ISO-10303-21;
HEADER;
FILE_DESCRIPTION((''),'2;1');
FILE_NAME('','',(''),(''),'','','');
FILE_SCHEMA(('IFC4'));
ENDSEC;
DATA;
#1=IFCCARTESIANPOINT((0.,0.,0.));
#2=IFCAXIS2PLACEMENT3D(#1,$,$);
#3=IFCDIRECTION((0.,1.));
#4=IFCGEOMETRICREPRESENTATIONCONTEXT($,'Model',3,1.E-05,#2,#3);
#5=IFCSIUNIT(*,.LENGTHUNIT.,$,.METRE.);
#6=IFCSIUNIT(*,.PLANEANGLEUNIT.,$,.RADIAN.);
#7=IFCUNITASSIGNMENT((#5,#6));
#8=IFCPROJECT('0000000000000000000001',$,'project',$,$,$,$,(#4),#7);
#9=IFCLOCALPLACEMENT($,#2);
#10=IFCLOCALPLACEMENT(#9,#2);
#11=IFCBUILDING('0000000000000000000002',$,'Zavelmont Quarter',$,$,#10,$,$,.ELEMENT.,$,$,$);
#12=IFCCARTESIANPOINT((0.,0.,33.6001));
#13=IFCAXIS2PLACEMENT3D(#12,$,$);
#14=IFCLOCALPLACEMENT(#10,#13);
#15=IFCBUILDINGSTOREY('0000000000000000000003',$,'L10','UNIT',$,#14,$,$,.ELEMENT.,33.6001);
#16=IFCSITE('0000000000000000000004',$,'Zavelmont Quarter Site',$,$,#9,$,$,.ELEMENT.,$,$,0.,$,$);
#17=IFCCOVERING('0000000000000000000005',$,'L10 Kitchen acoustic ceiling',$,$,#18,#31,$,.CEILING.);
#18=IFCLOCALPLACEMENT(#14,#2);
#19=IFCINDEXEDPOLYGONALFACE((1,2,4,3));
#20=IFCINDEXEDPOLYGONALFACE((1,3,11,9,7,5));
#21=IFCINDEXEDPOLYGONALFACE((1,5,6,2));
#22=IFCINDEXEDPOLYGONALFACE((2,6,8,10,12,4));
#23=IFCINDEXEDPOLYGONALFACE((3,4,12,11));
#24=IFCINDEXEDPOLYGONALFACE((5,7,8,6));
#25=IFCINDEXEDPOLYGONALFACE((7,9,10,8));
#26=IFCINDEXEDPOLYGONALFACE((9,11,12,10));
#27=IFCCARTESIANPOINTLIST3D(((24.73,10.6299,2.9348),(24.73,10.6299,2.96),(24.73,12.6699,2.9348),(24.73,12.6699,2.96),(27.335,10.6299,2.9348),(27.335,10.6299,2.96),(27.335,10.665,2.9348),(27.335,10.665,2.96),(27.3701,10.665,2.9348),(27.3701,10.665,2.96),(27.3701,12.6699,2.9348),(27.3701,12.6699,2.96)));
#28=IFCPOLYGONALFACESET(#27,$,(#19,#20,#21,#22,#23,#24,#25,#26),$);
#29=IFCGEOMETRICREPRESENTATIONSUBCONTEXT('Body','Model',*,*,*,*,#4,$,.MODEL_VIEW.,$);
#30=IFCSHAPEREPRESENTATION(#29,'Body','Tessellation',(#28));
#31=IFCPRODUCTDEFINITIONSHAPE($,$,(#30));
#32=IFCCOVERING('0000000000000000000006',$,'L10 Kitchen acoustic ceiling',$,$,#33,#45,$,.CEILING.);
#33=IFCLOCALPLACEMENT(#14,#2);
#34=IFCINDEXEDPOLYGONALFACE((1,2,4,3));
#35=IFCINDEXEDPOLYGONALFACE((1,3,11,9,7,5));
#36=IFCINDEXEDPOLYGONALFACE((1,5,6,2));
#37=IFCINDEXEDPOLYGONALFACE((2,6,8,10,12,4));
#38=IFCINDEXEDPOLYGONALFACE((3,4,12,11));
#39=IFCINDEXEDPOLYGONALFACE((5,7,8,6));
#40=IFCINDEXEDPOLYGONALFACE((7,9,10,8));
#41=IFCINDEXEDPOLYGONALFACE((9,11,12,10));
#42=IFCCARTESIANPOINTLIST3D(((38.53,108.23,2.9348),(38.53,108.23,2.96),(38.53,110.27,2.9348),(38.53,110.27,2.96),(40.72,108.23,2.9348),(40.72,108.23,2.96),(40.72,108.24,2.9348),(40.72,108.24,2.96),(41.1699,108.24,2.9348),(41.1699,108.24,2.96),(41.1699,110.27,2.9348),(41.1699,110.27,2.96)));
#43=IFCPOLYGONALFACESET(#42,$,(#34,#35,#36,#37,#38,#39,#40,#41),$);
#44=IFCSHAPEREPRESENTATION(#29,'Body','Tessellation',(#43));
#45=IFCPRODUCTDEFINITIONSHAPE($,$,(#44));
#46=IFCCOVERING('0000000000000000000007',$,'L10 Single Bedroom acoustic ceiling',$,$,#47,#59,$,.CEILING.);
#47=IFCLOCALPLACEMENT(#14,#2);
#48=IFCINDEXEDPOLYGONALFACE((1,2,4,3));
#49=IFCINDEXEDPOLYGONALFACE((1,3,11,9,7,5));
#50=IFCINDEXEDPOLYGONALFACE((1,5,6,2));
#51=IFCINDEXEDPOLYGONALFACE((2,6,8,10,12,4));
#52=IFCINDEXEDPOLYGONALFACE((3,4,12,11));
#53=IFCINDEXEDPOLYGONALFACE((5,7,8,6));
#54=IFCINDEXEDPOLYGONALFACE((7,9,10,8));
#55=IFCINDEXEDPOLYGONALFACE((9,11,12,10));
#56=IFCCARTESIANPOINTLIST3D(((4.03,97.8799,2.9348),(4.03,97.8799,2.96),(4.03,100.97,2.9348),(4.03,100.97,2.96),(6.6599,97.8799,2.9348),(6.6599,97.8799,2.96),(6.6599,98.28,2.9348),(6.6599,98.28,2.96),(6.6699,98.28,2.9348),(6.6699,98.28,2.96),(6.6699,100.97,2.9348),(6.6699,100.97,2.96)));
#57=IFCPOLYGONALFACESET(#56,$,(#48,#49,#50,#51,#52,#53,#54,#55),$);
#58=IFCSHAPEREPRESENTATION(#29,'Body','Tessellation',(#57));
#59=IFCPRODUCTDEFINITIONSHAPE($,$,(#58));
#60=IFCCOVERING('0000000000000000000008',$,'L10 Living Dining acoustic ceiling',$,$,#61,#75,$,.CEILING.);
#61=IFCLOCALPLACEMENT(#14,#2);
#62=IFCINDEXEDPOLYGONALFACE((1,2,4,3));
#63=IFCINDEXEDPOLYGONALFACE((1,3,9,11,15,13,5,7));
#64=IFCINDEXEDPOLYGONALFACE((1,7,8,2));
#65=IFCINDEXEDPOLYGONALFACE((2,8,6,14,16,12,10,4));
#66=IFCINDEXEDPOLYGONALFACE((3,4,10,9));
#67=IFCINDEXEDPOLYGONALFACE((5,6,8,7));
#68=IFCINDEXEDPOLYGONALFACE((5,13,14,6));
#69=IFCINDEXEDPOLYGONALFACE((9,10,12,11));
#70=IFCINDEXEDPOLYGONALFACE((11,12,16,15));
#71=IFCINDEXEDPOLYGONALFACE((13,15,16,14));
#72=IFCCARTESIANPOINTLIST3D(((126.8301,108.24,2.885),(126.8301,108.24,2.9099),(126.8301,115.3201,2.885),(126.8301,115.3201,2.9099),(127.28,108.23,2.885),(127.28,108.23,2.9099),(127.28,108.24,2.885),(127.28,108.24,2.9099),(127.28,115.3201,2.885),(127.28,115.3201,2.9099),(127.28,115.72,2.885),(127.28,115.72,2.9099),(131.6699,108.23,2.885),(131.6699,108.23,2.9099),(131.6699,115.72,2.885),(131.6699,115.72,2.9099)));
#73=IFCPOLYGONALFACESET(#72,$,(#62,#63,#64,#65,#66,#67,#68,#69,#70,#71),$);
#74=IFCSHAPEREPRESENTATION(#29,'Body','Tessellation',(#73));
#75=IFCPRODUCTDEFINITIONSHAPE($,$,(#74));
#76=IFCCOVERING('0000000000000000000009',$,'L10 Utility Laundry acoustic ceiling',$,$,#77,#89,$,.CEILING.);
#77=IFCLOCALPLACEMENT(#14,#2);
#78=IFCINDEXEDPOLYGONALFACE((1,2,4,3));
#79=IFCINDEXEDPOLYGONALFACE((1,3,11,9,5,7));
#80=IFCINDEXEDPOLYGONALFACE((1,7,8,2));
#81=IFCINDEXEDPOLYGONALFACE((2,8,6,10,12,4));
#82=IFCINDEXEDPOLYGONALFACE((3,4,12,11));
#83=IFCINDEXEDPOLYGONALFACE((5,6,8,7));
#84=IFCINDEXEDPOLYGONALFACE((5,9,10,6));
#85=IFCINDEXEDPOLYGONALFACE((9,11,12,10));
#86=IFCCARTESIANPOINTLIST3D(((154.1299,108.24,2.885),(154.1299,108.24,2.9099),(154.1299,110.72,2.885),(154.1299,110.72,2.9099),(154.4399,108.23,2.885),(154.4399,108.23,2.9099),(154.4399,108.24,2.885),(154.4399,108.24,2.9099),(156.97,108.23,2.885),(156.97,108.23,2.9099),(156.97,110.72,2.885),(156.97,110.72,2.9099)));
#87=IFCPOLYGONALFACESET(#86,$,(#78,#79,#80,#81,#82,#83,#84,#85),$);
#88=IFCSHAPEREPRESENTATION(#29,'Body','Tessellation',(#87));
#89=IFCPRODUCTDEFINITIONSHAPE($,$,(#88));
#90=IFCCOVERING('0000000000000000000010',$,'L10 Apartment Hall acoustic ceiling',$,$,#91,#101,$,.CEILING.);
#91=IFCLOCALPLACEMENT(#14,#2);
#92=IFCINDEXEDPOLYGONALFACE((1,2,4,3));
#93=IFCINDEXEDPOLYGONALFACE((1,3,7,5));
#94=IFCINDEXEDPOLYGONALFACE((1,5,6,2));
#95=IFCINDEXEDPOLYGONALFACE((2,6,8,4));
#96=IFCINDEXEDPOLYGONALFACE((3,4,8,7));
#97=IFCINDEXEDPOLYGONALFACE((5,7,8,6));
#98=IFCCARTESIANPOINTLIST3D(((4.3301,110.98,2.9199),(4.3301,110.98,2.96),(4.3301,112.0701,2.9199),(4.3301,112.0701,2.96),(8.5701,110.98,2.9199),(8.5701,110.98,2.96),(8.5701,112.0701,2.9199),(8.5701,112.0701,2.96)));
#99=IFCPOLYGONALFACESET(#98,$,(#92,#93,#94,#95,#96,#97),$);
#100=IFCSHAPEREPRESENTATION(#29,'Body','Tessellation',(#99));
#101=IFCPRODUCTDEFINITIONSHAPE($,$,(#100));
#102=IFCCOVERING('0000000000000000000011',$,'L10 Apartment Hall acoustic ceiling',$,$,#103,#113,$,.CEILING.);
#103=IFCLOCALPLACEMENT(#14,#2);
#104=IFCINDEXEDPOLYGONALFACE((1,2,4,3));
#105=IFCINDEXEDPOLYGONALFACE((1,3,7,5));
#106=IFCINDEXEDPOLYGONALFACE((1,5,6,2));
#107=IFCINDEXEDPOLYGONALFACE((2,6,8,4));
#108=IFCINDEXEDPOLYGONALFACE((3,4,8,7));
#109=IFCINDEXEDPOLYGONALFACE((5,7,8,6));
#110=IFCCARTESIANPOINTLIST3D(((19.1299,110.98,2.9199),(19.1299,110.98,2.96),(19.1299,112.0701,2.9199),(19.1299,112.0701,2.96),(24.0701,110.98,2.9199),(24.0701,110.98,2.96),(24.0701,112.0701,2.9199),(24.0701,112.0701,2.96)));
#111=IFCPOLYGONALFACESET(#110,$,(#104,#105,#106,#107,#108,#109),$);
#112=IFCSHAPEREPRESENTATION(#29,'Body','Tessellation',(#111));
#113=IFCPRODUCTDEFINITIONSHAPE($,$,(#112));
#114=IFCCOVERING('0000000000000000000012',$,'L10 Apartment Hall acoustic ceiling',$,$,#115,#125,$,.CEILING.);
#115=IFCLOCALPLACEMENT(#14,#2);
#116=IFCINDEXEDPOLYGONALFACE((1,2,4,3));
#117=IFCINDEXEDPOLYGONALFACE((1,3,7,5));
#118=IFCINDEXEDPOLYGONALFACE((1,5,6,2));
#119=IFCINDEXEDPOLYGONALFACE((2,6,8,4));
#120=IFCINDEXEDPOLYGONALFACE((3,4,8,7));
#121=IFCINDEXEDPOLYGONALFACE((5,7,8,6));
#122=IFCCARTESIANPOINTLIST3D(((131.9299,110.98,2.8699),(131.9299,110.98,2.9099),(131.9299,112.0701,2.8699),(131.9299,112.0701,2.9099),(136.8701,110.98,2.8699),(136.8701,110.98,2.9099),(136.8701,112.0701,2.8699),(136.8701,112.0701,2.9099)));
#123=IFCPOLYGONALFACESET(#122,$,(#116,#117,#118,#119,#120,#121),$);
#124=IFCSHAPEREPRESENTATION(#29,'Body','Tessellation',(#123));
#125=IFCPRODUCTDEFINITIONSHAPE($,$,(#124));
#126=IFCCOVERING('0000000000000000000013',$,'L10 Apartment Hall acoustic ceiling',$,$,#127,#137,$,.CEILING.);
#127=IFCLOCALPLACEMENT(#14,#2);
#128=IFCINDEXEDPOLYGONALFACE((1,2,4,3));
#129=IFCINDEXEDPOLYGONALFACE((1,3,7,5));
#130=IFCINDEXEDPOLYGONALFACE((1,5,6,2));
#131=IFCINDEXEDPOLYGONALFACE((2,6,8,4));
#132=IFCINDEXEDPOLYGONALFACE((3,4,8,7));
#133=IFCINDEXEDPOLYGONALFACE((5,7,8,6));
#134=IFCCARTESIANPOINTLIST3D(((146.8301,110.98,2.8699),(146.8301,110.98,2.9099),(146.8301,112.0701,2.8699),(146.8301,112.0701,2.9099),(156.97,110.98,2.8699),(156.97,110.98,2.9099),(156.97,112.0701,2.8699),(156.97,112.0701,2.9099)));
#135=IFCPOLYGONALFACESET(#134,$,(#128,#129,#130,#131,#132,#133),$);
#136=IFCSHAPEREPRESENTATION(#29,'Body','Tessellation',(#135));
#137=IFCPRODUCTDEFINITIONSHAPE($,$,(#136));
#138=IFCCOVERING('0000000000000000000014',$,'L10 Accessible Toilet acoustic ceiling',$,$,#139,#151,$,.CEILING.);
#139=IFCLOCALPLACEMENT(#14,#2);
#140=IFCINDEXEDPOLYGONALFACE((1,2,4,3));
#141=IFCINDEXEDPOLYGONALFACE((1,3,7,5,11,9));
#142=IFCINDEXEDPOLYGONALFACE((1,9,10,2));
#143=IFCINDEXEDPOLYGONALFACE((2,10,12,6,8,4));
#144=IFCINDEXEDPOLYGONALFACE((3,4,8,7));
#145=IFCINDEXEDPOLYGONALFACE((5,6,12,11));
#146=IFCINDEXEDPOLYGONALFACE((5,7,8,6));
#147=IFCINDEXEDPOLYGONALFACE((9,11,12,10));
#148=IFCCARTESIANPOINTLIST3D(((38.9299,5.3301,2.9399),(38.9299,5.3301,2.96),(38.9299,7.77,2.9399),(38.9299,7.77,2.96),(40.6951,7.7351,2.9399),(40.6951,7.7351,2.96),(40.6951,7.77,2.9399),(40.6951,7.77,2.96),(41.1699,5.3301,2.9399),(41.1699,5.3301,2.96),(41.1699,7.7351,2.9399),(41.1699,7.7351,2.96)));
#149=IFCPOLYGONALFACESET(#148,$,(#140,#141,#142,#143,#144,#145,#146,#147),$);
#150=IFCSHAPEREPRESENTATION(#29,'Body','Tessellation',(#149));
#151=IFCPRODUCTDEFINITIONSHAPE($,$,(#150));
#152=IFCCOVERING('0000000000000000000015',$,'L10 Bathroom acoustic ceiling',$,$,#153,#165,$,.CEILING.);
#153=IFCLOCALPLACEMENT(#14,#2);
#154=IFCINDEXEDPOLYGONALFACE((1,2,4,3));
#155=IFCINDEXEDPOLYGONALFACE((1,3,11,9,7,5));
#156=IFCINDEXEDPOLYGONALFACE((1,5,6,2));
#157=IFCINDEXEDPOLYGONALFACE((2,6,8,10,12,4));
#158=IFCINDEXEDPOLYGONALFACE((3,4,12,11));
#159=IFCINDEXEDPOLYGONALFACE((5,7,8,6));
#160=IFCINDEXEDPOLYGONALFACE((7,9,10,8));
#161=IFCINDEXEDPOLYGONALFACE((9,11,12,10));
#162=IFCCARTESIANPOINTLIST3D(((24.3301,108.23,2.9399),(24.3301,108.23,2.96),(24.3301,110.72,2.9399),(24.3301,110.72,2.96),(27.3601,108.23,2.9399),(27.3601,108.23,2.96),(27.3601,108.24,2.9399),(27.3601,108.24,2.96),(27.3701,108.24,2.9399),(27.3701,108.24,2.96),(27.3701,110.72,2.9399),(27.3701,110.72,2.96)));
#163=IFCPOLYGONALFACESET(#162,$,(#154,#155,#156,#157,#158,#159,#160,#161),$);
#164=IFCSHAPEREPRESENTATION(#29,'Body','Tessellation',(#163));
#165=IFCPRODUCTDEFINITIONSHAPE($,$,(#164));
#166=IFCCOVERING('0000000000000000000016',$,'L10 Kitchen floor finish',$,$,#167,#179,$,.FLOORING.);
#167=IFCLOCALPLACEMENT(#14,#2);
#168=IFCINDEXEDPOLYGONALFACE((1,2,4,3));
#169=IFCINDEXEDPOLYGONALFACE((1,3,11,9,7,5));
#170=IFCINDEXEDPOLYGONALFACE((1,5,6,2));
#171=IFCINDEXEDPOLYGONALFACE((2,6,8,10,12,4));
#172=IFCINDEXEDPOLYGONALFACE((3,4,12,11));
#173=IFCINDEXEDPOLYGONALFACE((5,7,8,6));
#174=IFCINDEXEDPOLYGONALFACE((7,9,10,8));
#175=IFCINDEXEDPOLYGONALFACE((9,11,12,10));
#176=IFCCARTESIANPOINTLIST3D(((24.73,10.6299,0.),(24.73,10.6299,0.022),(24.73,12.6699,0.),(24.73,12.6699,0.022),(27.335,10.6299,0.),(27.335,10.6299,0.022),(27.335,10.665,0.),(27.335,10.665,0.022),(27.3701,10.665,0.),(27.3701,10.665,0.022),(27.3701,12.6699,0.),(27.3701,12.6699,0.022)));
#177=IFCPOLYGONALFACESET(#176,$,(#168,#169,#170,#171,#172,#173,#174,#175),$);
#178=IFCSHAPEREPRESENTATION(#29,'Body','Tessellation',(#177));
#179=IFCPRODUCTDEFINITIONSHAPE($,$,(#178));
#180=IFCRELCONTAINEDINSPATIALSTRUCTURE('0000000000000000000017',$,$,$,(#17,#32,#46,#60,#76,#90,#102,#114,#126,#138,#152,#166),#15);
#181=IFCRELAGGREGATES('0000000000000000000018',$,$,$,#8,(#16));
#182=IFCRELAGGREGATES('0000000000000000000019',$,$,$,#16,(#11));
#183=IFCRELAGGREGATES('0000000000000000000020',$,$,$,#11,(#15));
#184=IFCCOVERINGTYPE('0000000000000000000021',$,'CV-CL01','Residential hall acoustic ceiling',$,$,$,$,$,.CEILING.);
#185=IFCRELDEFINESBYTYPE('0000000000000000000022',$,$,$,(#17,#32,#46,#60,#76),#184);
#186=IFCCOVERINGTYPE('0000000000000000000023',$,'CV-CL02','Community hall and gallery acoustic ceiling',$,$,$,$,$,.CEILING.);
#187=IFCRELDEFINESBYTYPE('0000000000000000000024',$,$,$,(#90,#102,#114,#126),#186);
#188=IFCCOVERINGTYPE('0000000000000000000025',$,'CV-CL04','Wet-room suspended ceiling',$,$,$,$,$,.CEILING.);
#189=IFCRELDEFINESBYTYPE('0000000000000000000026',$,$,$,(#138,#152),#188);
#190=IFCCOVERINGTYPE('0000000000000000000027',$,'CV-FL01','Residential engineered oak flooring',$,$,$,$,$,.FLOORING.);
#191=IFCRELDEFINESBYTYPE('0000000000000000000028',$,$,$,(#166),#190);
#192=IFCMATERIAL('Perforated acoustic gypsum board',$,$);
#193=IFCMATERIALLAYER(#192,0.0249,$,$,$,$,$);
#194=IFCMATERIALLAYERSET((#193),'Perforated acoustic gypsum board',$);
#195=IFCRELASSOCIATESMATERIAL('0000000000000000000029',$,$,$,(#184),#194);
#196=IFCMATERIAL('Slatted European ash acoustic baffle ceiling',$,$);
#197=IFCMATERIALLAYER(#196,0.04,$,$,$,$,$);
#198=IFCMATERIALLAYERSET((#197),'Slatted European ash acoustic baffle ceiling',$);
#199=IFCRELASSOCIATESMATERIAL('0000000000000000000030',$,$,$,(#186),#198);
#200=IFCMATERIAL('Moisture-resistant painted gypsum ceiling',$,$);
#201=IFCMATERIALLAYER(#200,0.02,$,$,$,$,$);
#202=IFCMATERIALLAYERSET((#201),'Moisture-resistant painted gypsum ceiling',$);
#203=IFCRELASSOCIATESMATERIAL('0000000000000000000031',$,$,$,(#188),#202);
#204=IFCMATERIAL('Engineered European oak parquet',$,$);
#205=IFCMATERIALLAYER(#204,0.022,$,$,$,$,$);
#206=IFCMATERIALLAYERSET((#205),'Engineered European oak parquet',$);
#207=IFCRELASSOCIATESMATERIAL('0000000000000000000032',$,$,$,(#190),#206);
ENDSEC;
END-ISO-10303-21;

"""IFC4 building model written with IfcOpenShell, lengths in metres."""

from ifc_helpers import new_model, si_unit, direction, frame, origin, place, context, subcontext, project, spatial, polyline, outline, extrude, material, layer, layer_set, type_object, element, save


model = new_model("IFC4")

# Units and contexts
model_context = context("Model", 3, precision=1e-05, world=origin(), true_north=direction((0.0, 1.0)))
body_context = subcontext(model_context, "Body", "Model", "MODEL_VIEW")
ifc_project = project(units=[si_unit("LENGTHUNIT", "METRE"), si_unit("PLANEANGLEUNIT", "RADIAN")], contexts=[model_context])

# Site, building, storey
site_placement = place(None, origin())
site = spatial("IfcSite", under=ifc_project, at=site_placement, Name="Zavelmont Quarter Site", CompositionType="ELEMENT", RefElevation=0.0)
building_placement = place(site_placement, origin())
building = spatial("IfcBuilding", under=site, at=building_placement, Name="Zavelmont Quarter", CompositionType="ELEMENT")
storey_placement = place(building_placement, frame((0.0, 0.0, 33.6001)))
storey = spatial("IfcBuildingStorey", under=building, at=storey_placement, Name="L10", Description="UNIT", CompositionType="ELEMENT", Elevation=33.6001)

# Coverings
ifc_material_1 = material(Name="Perforated acoustic gypsum board")
ifc_layer_1 = layer(ifc_material_1, 0.0249)
ifc_layer_set_1 = layer_set([ifc_layer_1], Name="Perforated acoustic gypsum board")
covering_type_1 = type_object("IfcCoveringType", Name="CV-CL01", Description="Residential hall acoustic ceiling", PredefinedType="CEILING", material=ifc_layer_set_1)
covering_1_placement = place(storey_placement, frame((0.0, 0.0, 2.9348)))
element("IfcCovering", 1, at=covering_1_placement, inside=storey, type_object=covering_type_1, Name="L10 Kitchen acoustic ceiling", PredefinedType="CEILING", context=body_context, shape_type="SweptSolid", body=[
    extrude(outline(polyline([(24.73, 12.6699), (27.3701, 12.6699), (27.3701, 10.665), (27.335, 10.665), (27.335, 10.6299), (24.73, 10.6299), (24.73, 12.6699)])), origin(), (0.0, 0.0, 1.0), 0.0251),
])
covering_2_placement = place(storey_placement, frame((0.0, 0.0, 2.9348)))
element("IfcCovering", 2, at=covering_2_placement, inside=storey, type_object=covering_type_1, Name="L10 Kitchen acoustic ceiling", PredefinedType="CEILING", context=body_context, shape_type="SweptSolid", body=[
    extrude(outline(polyline([(38.53, 110.27), (41.1699, 110.27), (41.1699, 108.24), (40.72, 108.24), (40.72, 108.23), (38.53, 108.23), (38.53, 110.27)])), origin(), (0.0, 0.0, 1.0), 0.0251),
])
covering_3_placement = place(storey_placement, frame((0.0, 0.0, 2.9348)))
element("IfcCovering", 3, at=covering_3_placement, inside=storey, type_object=covering_type_1, Name="L10 Single Bedroom acoustic ceiling", PredefinedType="CEILING", context=body_context, shape_type="SweptSolid", body=[
    extrude(outline(polyline([(4.03, 100.97), (6.6699, 100.97), (6.6699, 98.28), (6.6599, 98.28), (6.6599, 97.8799), (4.03, 97.8799), (4.03, 100.97)])), origin(), (0.0, 0.0, 1.0), 0.0251),
])
covering_4_placement = place(storey_placement, frame((0.0, 0.0, 2.885)))
element("IfcCovering", 4, at=covering_4_placement, inside=storey, type_object=covering_type_1, Name="L10 Living Dining acoustic ceiling", PredefinedType="CEILING", context=body_context, shape_type="SweptSolid", body=[
    extrude(outline(polyline([(126.8301, 115.3201), (127.28, 115.3201), (127.28, 115.72), (131.6699, 115.72), (131.6699, 108.23), (127.28, 108.23), (127.28, 108.24), (126.8301, 108.24), (126.8301, 115.3201)])), origin(), (0.0, 0.0, 1.0), 0.0249),
])
covering_5_placement = place(storey_placement, frame((0.0, 0.0, 2.885)))
element("IfcCovering", 5, at=covering_5_placement, inside=storey, type_object=covering_type_1, Name="L10 Utility Laundry acoustic ceiling", PredefinedType="CEILING", context=body_context, shape_type="SweptSolid", body=[
    extrude(outline(polyline([(154.1299, 110.72), (156.97, 110.72), (156.97, 108.23), (154.4399, 108.23), (154.4399, 108.24), (154.1299, 108.24), (154.1299, 110.72)])), origin(), (0.0, 0.0, 1.0), 0.0249),
])
ifc_material_2 = material(Name="Slatted European ash acoustic baffle ceiling")
ifc_layer_2 = layer(ifc_material_2, 0.04)
ifc_layer_set_2 = layer_set([ifc_layer_2], Name="Slatted European ash acoustic baffle ceiling")
covering_type_2 = type_object("IfcCoveringType", Name="CV-CL02", Description="Community hall and gallery acoustic ceiling", PredefinedType="CEILING", material=ifc_layer_set_2)
covering_6_placement = place(storey_placement, frame((0.0, 0.0, 2.9199)))
element("IfcCovering", 6, at=covering_6_placement, inside=storey, type_object=covering_type_2, Name="L10 Apartment Hall acoustic ceiling", PredefinedType="CEILING", context=body_context, shape_type="SweptSolid", body=[
    extrude(outline(polyline([(4.3301, 112.0701), (8.5701, 112.0701), (8.5701, 110.98), (4.3301, 110.98), (4.3301, 112.0701)])), origin(), (0.0, 0.0, 1.0), 0.04),
])
covering_7_placement = place(storey_placement, frame((0.0, 0.0, 2.9199)))
element("IfcCovering", 7, at=covering_7_placement, inside=storey, type_object=covering_type_2, Name="L10 Apartment Hall acoustic ceiling", PredefinedType="CEILING", context=body_context, shape_type="SweptSolid", body=[
    extrude(outline(polyline([(19.1299, 112.0701), (24.0701, 112.0701), (24.0701, 110.98), (19.1299, 110.98), (19.1299, 112.0701)])), origin(), (0.0, 0.0, 1.0), 0.04),
])
covering_8_placement = place(storey_placement, frame((0.0, 0.0, 2.8699)))
element("IfcCovering", 8, at=covering_8_placement, inside=storey, type_object=covering_type_2, Name="L10 Apartment Hall acoustic ceiling", PredefinedType="CEILING", context=body_context, shape_type="SweptSolid", body=[
    extrude(outline(polyline([(131.9299, 112.0701), (136.8701, 112.0701), (136.8701, 110.98), (131.9299, 110.98), (131.9299, 112.0701)])), origin(), (0.0, 0.0, 1.0), 0.04),
])
covering_9_placement = place(storey_placement, frame((0.0, 0.0, 2.8699)))
element("IfcCovering", 9, at=covering_9_placement, inside=storey, type_object=covering_type_2, Name="L10 Apartment Hall acoustic ceiling", PredefinedType="CEILING", context=body_context, shape_type="SweptSolid", body=[
    extrude(outline(polyline([(146.8301, 112.0701), (156.97, 112.0701), (156.97, 110.98), (146.8301, 110.98), (146.8301, 112.0701)])), origin(), (0.0, 0.0, 1.0), 0.04),
])
ifc_material_3 = material(Name="Moisture-resistant painted gypsum ceiling")
ifc_layer_3 = layer(ifc_material_3, 0.02)
ifc_layer_set_3 = layer_set([ifc_layer_3], Name="Moisture-resistant painted gypsum ceiling")
covering_type_3 = type_object("IfcCoveringType", Name="CV-CL04", Description="Wet-room suspended ceiling", PredefinedType="CEILING", material=ifc_layer_set_3)
covering_10_placement = place(storey_placement, frame((0.0, 0.0, 2.9399)))
element("IfcCovering", 10, at=covering_10_placement, inside=storey, type_object=covering_type_3, Name="L10 Accessible Toilet acoustic ceiling", PredefinedType="CEILING", context=body_context, shape_type="SweptSolid", body=[
    extrude(outline(polyline([(38.9299, 7.77), (40.6951, 7.77), (40.6951, 7.7351), (41.1699, 7.7351), (41.1699, 5.3301), (38.9299, 5.3301), (38.9299, 7.77)])), origin(), (0.0, 0.0, 1.0), 0.02),
])
covering_11_placement = place(storey_placement, frame((0.0, 0.0, 2.9399)))
element("IfcCovering", 11, at=covering_11_placement, inside=storey, type_object=covering_type_3, Name="L10 Bathroom acoustic ceiling", PredefinedType="CEILING", context=body_context, shape_type="SweptSolid", body=[
    extrude(outline(polyline([(24.3301, 110.72), (27.3701, 110.72), (27.3701, 108.24), (27.3601, 108.24), (27.3601, 108.23), (24.3301, 108.23), (24.3301, 110.72)])), origin(), (0.0, 0.0, 1.0), 0.02),
])
ifc_material_4 = material(Name="Engineered European oak parquet")
ifc_layer_4 = layer(ifc_material_4, 0.022)
ifc_layer_set_4 = layer_set([ifc_layer_4], Name="Engineered European oak parquet")
covering_type_4 = type_object("IfcCoveringType", Name="CV-FL01", Description="Residential engineered oak flooring", PredefinedType="FLOORING", material=ifc_layer_set_4)
covering_12_placement = place(storey_placement, origin())
element("IfcCovering", 12, at=covering_12_placement, inside=storey, type_object=covering_type_4, Name="L10 Kitchen floor finish", PredefinedType="FLOORING", context=body_context, shape_type="SweptSolid", body=[
    extrude(outline(polyline([(24.73, 12.6699), (27.3701, 12.6699), (27.3701, 10.665), (27.335, 10.665), (27.335, 10.6299), (24.73, 10.6299), (24.73, 12.6699)])), origin(), (0.0, 0.0, 1.0), 0.022),
])

save(model, "model.ifc")
